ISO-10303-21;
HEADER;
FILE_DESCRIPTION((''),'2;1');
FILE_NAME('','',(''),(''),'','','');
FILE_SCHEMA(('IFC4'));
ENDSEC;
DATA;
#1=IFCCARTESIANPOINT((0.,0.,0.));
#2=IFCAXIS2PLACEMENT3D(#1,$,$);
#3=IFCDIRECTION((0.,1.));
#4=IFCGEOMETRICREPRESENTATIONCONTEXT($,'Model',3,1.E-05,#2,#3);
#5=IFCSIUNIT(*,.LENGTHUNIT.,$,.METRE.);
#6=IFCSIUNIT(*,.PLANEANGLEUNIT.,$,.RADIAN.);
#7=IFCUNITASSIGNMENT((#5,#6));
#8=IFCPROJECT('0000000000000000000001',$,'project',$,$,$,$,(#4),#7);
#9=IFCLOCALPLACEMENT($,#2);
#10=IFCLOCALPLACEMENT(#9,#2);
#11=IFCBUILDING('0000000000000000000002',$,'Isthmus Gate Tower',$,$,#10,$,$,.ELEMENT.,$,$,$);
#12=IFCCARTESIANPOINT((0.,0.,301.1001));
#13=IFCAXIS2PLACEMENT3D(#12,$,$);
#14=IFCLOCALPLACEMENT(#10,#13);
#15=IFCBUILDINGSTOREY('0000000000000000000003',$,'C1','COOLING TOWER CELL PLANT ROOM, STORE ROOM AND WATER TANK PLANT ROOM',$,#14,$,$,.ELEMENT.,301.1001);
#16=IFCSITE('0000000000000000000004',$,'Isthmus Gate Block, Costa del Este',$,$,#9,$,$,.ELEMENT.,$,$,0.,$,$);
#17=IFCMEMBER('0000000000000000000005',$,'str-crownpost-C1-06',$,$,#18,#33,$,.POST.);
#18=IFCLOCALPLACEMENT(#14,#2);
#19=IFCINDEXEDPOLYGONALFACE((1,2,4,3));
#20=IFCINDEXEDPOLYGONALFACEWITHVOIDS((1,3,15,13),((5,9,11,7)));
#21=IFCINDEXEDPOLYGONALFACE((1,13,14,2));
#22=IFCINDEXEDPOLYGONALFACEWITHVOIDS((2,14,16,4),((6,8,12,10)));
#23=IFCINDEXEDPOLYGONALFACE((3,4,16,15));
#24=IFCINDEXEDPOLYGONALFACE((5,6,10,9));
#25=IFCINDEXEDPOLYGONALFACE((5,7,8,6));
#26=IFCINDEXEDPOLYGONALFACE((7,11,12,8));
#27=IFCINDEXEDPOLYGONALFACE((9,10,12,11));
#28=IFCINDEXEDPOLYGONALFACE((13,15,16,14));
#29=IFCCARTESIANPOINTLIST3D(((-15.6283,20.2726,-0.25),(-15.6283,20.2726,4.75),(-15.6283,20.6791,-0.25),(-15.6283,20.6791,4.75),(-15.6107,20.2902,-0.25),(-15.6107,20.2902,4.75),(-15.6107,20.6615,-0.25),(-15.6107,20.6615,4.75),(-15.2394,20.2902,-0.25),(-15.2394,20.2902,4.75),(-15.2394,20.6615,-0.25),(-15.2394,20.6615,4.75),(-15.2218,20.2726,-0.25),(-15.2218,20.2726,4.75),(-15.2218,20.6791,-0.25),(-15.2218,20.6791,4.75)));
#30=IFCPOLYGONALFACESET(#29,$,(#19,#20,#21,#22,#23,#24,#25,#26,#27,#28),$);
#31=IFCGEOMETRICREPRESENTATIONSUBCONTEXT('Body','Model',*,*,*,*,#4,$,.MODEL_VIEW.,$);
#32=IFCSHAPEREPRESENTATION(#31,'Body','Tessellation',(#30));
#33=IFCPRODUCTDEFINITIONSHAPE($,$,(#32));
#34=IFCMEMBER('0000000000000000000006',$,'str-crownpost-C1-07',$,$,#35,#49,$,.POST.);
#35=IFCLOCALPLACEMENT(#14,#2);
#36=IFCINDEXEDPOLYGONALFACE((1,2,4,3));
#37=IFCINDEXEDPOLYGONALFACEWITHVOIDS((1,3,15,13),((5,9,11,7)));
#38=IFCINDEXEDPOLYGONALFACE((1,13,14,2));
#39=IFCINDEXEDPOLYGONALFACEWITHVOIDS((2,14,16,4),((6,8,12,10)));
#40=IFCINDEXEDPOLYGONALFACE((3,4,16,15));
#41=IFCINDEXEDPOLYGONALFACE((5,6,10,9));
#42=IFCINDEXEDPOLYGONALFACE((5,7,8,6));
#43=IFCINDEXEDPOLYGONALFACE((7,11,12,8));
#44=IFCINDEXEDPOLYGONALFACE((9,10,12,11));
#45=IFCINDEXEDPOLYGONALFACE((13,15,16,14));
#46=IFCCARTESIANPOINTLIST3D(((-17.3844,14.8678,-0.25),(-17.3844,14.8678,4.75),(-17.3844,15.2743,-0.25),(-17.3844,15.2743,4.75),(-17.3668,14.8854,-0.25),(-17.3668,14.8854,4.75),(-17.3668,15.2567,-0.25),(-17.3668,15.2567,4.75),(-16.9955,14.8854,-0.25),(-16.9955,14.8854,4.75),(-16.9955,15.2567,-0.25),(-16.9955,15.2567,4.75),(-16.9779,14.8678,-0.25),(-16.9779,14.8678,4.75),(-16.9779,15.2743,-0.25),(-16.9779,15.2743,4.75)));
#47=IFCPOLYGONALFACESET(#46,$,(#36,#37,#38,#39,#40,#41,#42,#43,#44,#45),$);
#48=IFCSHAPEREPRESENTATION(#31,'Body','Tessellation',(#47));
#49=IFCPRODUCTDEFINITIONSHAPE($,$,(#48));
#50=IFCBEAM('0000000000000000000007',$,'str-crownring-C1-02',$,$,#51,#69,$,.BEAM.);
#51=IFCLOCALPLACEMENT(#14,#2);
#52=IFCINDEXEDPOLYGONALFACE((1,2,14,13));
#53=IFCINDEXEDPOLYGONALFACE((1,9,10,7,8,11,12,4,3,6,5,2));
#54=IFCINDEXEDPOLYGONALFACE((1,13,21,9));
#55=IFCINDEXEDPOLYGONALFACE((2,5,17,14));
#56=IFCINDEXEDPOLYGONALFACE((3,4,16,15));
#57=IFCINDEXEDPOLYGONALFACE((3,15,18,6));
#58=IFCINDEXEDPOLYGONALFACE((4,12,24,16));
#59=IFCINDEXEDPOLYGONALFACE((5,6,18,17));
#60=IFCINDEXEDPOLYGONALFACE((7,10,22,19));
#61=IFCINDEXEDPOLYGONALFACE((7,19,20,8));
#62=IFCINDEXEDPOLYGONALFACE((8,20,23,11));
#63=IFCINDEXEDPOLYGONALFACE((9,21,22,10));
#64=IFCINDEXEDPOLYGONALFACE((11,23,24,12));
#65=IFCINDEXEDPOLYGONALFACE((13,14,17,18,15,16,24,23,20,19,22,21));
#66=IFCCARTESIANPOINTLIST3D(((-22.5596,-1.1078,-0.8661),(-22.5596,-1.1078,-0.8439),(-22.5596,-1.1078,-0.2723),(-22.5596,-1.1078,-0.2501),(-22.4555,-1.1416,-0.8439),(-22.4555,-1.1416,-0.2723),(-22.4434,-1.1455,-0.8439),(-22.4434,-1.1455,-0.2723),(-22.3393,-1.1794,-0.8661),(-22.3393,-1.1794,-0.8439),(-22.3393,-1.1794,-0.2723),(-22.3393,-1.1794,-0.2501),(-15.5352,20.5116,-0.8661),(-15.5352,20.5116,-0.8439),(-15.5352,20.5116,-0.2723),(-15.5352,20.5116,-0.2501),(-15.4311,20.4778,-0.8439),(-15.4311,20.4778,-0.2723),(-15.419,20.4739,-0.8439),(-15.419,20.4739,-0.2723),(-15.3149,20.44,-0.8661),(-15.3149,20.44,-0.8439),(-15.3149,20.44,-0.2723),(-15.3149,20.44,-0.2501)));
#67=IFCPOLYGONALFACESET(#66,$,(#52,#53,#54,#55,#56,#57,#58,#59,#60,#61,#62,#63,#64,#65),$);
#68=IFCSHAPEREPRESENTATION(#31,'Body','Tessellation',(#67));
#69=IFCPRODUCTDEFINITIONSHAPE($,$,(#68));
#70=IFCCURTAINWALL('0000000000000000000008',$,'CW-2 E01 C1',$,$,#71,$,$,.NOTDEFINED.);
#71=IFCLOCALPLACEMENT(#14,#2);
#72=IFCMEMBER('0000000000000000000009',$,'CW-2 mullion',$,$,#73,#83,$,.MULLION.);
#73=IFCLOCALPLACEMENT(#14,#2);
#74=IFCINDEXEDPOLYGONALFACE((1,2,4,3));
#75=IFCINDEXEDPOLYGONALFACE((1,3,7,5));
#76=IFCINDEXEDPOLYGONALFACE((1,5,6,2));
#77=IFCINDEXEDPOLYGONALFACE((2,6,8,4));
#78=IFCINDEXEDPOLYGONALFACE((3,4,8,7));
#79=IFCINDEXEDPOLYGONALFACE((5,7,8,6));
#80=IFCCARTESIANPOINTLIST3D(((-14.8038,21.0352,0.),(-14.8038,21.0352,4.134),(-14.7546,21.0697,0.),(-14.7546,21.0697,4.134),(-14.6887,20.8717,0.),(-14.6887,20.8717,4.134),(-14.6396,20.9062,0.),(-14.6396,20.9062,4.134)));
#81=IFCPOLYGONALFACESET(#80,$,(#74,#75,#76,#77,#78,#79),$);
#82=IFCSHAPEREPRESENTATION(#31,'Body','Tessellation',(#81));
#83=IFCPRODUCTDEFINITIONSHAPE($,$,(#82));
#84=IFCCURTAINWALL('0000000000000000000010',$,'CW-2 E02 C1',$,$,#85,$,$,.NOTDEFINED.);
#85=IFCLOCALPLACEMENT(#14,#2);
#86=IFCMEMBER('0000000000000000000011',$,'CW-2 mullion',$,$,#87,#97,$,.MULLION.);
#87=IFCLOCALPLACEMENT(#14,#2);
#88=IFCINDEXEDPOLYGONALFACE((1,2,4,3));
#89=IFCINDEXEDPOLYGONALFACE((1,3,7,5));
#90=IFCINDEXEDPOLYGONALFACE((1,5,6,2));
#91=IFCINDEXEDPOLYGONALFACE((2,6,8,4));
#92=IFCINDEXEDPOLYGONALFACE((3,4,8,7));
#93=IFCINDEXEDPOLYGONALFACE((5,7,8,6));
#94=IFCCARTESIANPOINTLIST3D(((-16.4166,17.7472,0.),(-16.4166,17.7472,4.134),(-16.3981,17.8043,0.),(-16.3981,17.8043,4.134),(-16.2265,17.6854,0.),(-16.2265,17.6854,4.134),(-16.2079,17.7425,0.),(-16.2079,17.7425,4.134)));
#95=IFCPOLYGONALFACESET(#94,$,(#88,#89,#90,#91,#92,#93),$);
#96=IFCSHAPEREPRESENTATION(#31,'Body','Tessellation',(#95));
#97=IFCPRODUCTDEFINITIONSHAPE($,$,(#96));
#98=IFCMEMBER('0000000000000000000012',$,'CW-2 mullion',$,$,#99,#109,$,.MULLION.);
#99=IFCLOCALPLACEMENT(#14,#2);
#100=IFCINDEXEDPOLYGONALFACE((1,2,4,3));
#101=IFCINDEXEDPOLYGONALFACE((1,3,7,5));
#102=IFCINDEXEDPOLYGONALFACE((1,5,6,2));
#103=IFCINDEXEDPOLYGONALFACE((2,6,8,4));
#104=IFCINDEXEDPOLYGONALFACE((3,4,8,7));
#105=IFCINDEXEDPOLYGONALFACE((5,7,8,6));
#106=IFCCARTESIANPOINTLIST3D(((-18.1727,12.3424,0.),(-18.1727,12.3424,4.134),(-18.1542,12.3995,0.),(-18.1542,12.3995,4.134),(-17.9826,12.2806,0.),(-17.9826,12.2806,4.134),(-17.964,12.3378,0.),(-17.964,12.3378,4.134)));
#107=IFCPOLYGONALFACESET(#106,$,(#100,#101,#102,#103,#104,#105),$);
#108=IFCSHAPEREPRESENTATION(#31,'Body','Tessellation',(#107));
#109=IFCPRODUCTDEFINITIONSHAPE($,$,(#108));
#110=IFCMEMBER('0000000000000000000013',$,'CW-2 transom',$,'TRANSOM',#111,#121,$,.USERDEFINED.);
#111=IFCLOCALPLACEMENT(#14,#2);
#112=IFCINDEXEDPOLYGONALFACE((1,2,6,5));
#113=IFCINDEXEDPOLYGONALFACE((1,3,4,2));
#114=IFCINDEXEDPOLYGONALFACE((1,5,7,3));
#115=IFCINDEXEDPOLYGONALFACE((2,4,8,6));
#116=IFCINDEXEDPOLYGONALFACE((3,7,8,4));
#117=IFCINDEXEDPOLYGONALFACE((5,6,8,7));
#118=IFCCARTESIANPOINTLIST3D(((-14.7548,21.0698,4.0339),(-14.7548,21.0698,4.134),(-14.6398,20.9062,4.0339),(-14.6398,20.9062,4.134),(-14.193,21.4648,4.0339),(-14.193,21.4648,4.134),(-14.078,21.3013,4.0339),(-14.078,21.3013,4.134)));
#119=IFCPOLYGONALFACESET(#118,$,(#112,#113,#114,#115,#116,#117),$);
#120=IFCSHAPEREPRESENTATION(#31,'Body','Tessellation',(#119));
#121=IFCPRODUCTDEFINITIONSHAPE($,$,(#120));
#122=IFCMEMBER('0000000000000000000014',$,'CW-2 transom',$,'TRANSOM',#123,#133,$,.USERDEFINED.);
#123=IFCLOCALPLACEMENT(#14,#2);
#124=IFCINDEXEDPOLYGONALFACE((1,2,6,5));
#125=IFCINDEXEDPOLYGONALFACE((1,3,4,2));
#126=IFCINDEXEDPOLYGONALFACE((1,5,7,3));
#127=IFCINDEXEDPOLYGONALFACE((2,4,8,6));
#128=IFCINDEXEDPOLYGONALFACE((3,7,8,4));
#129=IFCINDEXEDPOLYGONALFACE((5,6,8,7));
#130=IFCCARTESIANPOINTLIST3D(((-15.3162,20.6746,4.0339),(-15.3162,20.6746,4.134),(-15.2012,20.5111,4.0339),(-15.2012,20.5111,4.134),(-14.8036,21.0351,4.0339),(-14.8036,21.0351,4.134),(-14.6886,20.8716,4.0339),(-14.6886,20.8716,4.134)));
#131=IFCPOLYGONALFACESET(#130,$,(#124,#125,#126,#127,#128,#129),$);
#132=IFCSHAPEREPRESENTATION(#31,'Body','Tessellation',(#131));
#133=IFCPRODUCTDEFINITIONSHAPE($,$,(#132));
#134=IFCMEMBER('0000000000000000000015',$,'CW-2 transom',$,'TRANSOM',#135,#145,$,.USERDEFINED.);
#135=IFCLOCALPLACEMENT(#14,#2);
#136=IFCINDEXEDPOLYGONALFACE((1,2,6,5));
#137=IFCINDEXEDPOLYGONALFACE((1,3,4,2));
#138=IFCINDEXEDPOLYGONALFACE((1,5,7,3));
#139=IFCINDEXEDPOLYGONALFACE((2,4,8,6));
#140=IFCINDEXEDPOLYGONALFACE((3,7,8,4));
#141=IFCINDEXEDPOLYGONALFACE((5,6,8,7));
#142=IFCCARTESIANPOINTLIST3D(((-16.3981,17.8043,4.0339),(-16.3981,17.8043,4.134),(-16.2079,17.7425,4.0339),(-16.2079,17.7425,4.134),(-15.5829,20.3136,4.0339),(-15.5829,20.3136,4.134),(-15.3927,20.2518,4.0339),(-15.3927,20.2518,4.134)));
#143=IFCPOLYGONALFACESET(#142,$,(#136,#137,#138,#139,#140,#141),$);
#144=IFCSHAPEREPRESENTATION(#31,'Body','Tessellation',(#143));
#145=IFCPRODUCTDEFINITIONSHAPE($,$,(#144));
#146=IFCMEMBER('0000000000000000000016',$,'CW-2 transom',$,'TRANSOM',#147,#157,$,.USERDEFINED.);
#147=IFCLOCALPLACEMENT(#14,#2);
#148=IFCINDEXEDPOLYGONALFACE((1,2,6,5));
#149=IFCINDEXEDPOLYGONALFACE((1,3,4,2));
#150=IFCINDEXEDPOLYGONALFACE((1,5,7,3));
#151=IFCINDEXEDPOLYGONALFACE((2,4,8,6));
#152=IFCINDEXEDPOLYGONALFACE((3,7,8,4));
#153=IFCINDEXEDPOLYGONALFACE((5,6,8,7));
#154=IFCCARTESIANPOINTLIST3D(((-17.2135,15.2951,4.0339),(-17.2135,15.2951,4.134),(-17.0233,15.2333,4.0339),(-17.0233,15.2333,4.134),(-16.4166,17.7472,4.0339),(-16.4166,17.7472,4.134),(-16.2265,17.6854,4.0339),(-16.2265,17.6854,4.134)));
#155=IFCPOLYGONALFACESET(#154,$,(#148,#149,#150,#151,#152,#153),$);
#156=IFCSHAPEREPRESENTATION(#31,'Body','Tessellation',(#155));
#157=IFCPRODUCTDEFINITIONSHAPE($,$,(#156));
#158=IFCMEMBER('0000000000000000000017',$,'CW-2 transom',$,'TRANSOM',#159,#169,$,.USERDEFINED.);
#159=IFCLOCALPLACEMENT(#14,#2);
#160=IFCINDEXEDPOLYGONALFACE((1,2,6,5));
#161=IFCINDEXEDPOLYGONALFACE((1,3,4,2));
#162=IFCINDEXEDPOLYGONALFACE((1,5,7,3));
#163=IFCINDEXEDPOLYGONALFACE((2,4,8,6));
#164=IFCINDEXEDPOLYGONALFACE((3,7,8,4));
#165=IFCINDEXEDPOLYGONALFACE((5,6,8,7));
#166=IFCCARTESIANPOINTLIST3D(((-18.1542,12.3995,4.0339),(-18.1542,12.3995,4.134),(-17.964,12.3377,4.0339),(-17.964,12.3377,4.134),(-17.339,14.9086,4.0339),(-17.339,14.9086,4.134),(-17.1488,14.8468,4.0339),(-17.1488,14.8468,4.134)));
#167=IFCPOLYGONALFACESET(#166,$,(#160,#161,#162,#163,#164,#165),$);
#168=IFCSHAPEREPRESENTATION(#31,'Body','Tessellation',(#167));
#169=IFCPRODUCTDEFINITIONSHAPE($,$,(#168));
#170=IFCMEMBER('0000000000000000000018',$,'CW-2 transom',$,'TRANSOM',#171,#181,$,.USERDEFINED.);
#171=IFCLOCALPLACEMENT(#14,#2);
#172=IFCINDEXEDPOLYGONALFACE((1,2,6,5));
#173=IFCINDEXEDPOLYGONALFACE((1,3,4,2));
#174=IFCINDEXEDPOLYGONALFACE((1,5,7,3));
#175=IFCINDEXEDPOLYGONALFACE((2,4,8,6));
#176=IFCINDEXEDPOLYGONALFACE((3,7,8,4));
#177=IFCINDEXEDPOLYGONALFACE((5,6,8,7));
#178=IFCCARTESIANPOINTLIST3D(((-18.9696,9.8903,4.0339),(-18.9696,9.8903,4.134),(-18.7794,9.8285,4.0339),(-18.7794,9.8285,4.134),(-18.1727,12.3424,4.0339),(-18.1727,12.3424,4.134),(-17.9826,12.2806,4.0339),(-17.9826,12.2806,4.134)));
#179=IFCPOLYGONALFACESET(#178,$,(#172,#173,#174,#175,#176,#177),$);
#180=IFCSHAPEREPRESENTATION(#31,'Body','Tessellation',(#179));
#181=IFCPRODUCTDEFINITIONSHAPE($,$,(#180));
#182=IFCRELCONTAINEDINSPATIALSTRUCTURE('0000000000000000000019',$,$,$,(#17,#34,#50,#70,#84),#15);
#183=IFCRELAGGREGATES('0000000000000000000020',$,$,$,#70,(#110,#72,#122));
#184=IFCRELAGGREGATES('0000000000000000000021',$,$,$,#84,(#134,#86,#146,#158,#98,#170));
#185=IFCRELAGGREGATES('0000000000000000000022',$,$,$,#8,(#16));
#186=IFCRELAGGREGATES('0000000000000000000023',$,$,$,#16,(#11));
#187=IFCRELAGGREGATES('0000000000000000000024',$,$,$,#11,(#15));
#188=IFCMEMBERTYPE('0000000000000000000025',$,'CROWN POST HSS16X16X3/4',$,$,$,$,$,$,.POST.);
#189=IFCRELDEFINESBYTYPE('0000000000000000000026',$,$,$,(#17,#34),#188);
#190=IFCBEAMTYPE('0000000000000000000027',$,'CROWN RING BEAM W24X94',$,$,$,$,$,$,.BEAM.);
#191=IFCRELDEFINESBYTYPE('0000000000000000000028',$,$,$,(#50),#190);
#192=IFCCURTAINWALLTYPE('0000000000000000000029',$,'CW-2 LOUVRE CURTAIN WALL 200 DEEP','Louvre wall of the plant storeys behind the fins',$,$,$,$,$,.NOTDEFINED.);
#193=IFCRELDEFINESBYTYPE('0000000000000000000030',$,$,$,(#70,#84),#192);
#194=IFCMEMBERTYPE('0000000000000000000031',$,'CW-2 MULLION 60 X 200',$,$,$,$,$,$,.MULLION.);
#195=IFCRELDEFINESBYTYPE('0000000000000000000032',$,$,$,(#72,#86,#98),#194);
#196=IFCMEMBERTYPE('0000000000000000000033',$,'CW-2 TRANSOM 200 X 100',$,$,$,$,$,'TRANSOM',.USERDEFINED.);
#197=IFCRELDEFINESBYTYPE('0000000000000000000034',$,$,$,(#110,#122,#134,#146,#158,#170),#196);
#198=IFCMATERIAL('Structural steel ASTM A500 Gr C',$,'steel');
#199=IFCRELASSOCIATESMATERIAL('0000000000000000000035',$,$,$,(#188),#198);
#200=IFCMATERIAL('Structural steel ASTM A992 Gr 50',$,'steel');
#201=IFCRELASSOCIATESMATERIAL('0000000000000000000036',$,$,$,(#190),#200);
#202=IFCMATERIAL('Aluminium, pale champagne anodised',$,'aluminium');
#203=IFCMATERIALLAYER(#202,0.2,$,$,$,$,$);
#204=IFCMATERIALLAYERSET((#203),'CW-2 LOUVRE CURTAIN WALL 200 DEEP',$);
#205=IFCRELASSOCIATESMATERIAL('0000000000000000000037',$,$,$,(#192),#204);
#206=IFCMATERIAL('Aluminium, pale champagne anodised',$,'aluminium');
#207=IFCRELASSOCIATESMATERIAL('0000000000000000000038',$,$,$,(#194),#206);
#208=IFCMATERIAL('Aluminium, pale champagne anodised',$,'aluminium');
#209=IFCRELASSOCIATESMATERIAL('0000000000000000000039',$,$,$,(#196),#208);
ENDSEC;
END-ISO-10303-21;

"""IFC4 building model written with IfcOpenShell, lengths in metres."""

from ifc_helpers import new_model, si_unit, direction, frame, origin, origin_2d, place, context, subcontext, project, spatial, rectangle, hollow_rectangle, i_section, extrude, material, layer, layer_set, material_profile, profile_set, type_object, element, aggregate, save


model = new_model("IFC4")

# Units and contexts
model_context = context("Model", 3, precision=1e-05, world=origin(), true_north=direction((0.0, 1.0)))
body_context = subcontext(model_context, "Body", "Model", "MODEL_VIEW")
ifc_project = project(units=[si_unit("LENGTHUNIT", "METRE"), si_unit("PLANEANGLEUNIT", "RADIAN")], contexts=[model_context])

# Site, building, storey
site_placement = place(None, origin())
site = spatial("IfcSite", under=ifc_project, at=site_placement, Name="Isthmus Gate Block, Costa del Este", CompositionType="ELEMENT", RefElevation=0.0)
building_placement = place(site_placement, origin())
building = spatial("IfcBuilding", under=site, at=building_placement, Name="Isthmus Gate Tower", CompositionType="ELEMENT")
storey_placement = place(building_placement, frame((0.0, 0.0, 301.1001)))
storey = spatial("IfcBuildingStorey", under=building, at=storey_placement, Name="C1", Description="COOLING TOWER CELL PLANT ROOM, STORE ROOM AND WATER TANK PLANT ROOM", CompositionType="ELEMENT", Elevation=301.1001)

# Members
ifc_material_1 = material(Name="Structural steel ASTM A500 Gr C", Category="steel")
ifc_material_profile_1 = material_profile(ifc_material_1, hollow_rectangle(XDim=0.4065, YDim=0.4065, WallThickness=0.0176, at=origin_2d()), Name="HSS16X16X3/4")
ifc_profile_set_1 = profile_set([ifc_material_profile_1], Name="Structural steel ASTM A500 Gr C")
member_type_1 = type_object("IfcMemberType", Name="CROWN POST HSS16X16X3/4", PredefinedType="POST", material=ifc_profile_set_1)
for number, where, z_axis, x_axis, name in (
    (1, (-15.425, 20.4758, -0.25), (0.0, 0.0, 1.0), (1.0, 0.0, 0.0), "str-crownpost-C1-06"),
    (2, (-17.1812, 15.071, -0.25), (0.0, 0.0, 1.0), (1.0, 0.0, 0.0), "str-crownpost-C1-07"),
):
    element("IfcMember", number, at=place(storey_placement, frame(where, z_axis=z_axis, x_axis=x_axis)), inside=storey, type_object=member_type_1, Name=name, PredefinedType="POST", context=body_context, shape_type="SweptSolid", body=[
        extrude(hollow_rectangle(XDim=0.4065, YDim=0.4065, WallThickness=0.0176, at=origin_2d()), origin(), (0.0, 0.0, 1.0), 5.0),
    ])

# Beam
ifc_material_2 = material(Name="Structural steel ASTM A992 Gr 50", Category="steel")
ifc_material_profile_2 = material_profile(ifc_material_2, i_section(OverallWidth=0.2317, OverallDepth=0.616, WebThickness=0.0127, FlangeThickness=0.0222, at=origin_2d()), Name="W24X94")
ifc_profile_set_2 = profile_set([ifc_material_profile_2], Name="Structural steel ASTM A992 Gr 50")
beam_type_1 = type_object("IfcBeamType", Name="CROWN RING BEAM W24X94", PredefinedType="BEAM", material=ifc_profile_set_2)
beam_1_placement = place(storey_placement, frame((-15.425, 20.4758, -0.5581), z_axis=(-0.309011, -0.951058, 0.0), x_axis=(0.951058, -0.309011, 0.0)))
element("IfcBeam", 3, at=beam_1_placement, inside=storey, type_object=beam_type_1, Name="str-crownring-C1-02", PredefinedType="BEAM", context=body_context, shape_type="SweptSolid", body=[
    extrude(i_section(OverallWidth=0.2317, OverallDepth=0.616, WebThickness=0.0127, FlangeThickness=0.0222, at=origin_2d()), origin(), (0.0, 0.0, 1.0), 22.7319),
])

# Curtain wall, member
ifc_material_3 = material(Name="Aluminium, pale champagne anodised", Category="aluminium")
ifc_layer_1 = layer(ifc_material_3, 0.2)
ifc_layer_set_1 = layer_set([ifc_layer_1], Name="CW-2 LOUVRE CURTAIN WALL 200 DEEP")
curtain_wall_type = type_object("IfcCurtainWallType", Name="CW-2 LOUVRE CURTAIN WALL 200 DEEP", Description="Louvre wall of the plant storeys behind the fins", PredefinedType="NOTDEFINED", material=ifc_layer_set_1)
curtain_wall_1_placement = place(storey_placement, origin())
curtain_wall_1 = element("IfcCurtainWall", 4, at=curtain_wall_1_placement, inside=storey, type_object=curtain_wall_type, Name="CW-2 E01 C1", PredefinedType="NOTDEFINED")
ifc_material_4 = material(Name="Aluminium, pale champagne anodised", Category="aluminium")
ifc_material_profile_3 = material_profile(ifc_material_4, rectangle(XDim=0.0601, YDim=0.2, at=origin_2d()), Name="60x200")
ifc_profile_set_3 = profile_set([ifc_material_profile_3], Name="Aluminium, pale champagne anodised")
member_type_2 = type_object("IfcMemberType", Name="CW-2 MULLION 60 X 200", PredefinedType="MULLION", material=ifc_profile_set_3)
member_1_placement = place(storey_placement, frame((-14.7217, 20.9707, 0.0), z_axis=(0.0, 0.0, 1.0), x_axis=(-0.81786, -0.575418, 0.0)))
member_1 = element("IfcMember", 5, at=member_1_placement, type_object=member_type_2, Name="CW-2 mullion", PredefinedType="MULLION", context=body_context, shape_type="SweptSolid", body=[
    extrude(rectangle(XDim=0.0601, YDim=0.2, at=origin_2d()), origin(), (0.0, 0.0, 1.0), 4.134),
])

# Curtain wall, members
curtain_wall_2_placement = place(storey_placement, origin())
curtain_wall_2 = element("IfcCurtainWall", 6, at=curtain_wall_2_placement, inside=storey, type_object=curtain_wall_type, Name="CW-2 E02 C1", PredefinedType="NOTDEFINED")
member_2_placement = place(storey_placement, frame((-16.3123, 17.7449, 0.0), z_axis=(0.0, 0.0, 1.0), x_axis=(-0.309017, -0.951057, 0.0)))
member_2 = element("IfcMember", 7, at=member_2_placement, type_object=member_type_2, Name="CW-2 mullion", PredefinedType="MULLION", context=body_context, shape_type="SweptSolid", body=[
    extrude(rectangle(XDim=0.0601, YDim=0.2, at=origin_2d()), origin(), (0.0, 0.0, 1.0), 4.134),
])
member_3_placement = place(storey_placement, frame((-18.0684, 12.3401, 0.0), z_axis=(0.0, 0.0, 1.0), x_axis=(-0.309017, -0.951057, 0.0)))
member_3 = element("IfcMember", 8, at=member_3_placement, type_object=member_type_2, Name="CW-2 mullion", PredefinedType="MULLION", context=body_context, shape_type="SweptSolid", body=[
    extrude(rectangle(XDim=0.0601, YDim=0.2, at=origin_2d()), origin(), (0.0, 0.0, 1.0), 4.134),
])

# Members
ifc_material_5 = material(Name="Aluminium, pale champagne anodised", Category="aluminium")
ifc_material_profile_4 = material_profile(ifc_material_5, rectangle(XDim=0.2, YDim=0.1001, at=origin_2d()), Name="200x100")
ifc_profile_set_4 = profile_set([ifc_material_profile_4], Name="Aluminium, pale champagne anodised")
member_type_3 = type_object("IfcMemberType", Name="CW-2 TRANSOM 200 X 100", ElementType="TRANSOM", PredefinedType="USERDEFINED", material=ifc_profile_set_4)
member_4_placement = place(storey_placement, frame((-14.1355, 21.3831, 4.084), z_axis=(-0.818011, -0.575203, 0.0), x_axis=(0.575203, -0.818011, 0.0)))
member_4 = element("IfcMember", 9, at=member_4_placement, type_object=member_type_3, Name="CW-2 transom", ObjectType="TRANSOM", PredefinedType="USERDEFINED", context=body_context, shape_type="SweptSolid", body=[
    extrude(rectangle(XDim=0.2, YDim=0.1001, at=origin_2d()), origin(), (0.0, 0.0, 1.0), 0.6868),
])
member_5_placement = place(storey_placement, frame((-14.7461, 20.9534, 4.084), z_axis=(-0.817949, -0.575291, 0.0), x_axis=(0.575291, -0.817949, 0.0)))
member_5 = element("IfcMember", 10, at=member_5_placement, type_object=member_type_3, Name="CW-2 transom", ObjectType="TRANSOM", PredefinedType="USERDEFINED", context=body_context, shape_type="SweptSolid", body=[
    extrude(rectangle(XDim=0.2, YDim=0.1001, at=origin_2d()), origin(), (0.0, 0.0, 1.0), 0.6267),
])
member_6_placement = place(storey_placement, frame((-15.4878, 20.2827, 4.084), z_axis=(-0.308973, -0.951071, 0.0), x_axis=(0.951071, -0.308973, 0.0)))
member_6 = element("IfcMember", 11, at=member_6_placement, type_object=member_type_3, Name="CW-2 transom", ObjectType="TRANSOM", PredefinedType="USERDEFINED", context=body_context, shape_type="SweptSolid", body=[
    extrude(rectangle(XDim=0.2, YDim=0.1001, at=origin_2d()), origin(), (0.0, 0.0, 1.0), 2.6384),
])
member_7_placement = place(storey_placement, frame((-16.3215, 17.7163, 4.084), z_axis=(-0.30906, -0.951042, 0.0), x_axis=(0.951042, -0.30906, 0.0)))
member_7 = element("IfcMember", 12, at=member_7_placement, type_object=member_type_3, Name="CW-2 transom", ObjectType="TRANSOM", PredefinedType="USERDEFINED", context=body_context, shape_type="SweptSolid", body=[
    extrude(rectangle(XDim=0.2, YDim=0.1001, at=origin_2d()), origin(), (0.0, 0.0, 1.0), 2.5784),
])
member_8_placement = place(storey_placement, frame((-17.2439, 14.8777, 4.084), z_axis=(-0.309, -0.951062, 0.0), x_axis=(0.951062, -0.309, 0.0)))
member_8 = element("IfcMember", 13, at=member_8_placement, type_object=member_type_3, Name="CW-2 transom", ObjectType="TRANSOM", PredefinedType="USERDEFINED", context=body_context, shape_type="SweptSolid", body=[
    extrude(rectangle(XDim=0.2, YDim=0.1001, at=origin_2d()), origin(), (0.0, 0.0, 1.0), 2.6382),
])
member_9_placement = place(storey_placement, frame((-18.0776, 12.3115, 4.084), z_axis=(-0.30906, -0.951042, 0.0), x_axis=(0.951042, -0.30906, 0.0)))
member_9 = element("IfcMember", 14, at=member_9_placement, type_object=member_type_3, Name="CW-2 transom", ObjectType="TRANSOM", PredefinedType="USERDEFINED", context=body_context, shape_type="SweptSolid", body=[
    extrude(rectangle(XDim=0.2, YDim=0.1001, at=origin_2d()), origin(), (0.0, 0.0, 1.0), 2.5784),
])

aggregate(curtain_wall_1, [member_4, member_1, member_5])
aggregate(curtain_wall_2, [member_6, member_2, member_7, member_8, member_3, member_9])

save(model, "model.ifc")
